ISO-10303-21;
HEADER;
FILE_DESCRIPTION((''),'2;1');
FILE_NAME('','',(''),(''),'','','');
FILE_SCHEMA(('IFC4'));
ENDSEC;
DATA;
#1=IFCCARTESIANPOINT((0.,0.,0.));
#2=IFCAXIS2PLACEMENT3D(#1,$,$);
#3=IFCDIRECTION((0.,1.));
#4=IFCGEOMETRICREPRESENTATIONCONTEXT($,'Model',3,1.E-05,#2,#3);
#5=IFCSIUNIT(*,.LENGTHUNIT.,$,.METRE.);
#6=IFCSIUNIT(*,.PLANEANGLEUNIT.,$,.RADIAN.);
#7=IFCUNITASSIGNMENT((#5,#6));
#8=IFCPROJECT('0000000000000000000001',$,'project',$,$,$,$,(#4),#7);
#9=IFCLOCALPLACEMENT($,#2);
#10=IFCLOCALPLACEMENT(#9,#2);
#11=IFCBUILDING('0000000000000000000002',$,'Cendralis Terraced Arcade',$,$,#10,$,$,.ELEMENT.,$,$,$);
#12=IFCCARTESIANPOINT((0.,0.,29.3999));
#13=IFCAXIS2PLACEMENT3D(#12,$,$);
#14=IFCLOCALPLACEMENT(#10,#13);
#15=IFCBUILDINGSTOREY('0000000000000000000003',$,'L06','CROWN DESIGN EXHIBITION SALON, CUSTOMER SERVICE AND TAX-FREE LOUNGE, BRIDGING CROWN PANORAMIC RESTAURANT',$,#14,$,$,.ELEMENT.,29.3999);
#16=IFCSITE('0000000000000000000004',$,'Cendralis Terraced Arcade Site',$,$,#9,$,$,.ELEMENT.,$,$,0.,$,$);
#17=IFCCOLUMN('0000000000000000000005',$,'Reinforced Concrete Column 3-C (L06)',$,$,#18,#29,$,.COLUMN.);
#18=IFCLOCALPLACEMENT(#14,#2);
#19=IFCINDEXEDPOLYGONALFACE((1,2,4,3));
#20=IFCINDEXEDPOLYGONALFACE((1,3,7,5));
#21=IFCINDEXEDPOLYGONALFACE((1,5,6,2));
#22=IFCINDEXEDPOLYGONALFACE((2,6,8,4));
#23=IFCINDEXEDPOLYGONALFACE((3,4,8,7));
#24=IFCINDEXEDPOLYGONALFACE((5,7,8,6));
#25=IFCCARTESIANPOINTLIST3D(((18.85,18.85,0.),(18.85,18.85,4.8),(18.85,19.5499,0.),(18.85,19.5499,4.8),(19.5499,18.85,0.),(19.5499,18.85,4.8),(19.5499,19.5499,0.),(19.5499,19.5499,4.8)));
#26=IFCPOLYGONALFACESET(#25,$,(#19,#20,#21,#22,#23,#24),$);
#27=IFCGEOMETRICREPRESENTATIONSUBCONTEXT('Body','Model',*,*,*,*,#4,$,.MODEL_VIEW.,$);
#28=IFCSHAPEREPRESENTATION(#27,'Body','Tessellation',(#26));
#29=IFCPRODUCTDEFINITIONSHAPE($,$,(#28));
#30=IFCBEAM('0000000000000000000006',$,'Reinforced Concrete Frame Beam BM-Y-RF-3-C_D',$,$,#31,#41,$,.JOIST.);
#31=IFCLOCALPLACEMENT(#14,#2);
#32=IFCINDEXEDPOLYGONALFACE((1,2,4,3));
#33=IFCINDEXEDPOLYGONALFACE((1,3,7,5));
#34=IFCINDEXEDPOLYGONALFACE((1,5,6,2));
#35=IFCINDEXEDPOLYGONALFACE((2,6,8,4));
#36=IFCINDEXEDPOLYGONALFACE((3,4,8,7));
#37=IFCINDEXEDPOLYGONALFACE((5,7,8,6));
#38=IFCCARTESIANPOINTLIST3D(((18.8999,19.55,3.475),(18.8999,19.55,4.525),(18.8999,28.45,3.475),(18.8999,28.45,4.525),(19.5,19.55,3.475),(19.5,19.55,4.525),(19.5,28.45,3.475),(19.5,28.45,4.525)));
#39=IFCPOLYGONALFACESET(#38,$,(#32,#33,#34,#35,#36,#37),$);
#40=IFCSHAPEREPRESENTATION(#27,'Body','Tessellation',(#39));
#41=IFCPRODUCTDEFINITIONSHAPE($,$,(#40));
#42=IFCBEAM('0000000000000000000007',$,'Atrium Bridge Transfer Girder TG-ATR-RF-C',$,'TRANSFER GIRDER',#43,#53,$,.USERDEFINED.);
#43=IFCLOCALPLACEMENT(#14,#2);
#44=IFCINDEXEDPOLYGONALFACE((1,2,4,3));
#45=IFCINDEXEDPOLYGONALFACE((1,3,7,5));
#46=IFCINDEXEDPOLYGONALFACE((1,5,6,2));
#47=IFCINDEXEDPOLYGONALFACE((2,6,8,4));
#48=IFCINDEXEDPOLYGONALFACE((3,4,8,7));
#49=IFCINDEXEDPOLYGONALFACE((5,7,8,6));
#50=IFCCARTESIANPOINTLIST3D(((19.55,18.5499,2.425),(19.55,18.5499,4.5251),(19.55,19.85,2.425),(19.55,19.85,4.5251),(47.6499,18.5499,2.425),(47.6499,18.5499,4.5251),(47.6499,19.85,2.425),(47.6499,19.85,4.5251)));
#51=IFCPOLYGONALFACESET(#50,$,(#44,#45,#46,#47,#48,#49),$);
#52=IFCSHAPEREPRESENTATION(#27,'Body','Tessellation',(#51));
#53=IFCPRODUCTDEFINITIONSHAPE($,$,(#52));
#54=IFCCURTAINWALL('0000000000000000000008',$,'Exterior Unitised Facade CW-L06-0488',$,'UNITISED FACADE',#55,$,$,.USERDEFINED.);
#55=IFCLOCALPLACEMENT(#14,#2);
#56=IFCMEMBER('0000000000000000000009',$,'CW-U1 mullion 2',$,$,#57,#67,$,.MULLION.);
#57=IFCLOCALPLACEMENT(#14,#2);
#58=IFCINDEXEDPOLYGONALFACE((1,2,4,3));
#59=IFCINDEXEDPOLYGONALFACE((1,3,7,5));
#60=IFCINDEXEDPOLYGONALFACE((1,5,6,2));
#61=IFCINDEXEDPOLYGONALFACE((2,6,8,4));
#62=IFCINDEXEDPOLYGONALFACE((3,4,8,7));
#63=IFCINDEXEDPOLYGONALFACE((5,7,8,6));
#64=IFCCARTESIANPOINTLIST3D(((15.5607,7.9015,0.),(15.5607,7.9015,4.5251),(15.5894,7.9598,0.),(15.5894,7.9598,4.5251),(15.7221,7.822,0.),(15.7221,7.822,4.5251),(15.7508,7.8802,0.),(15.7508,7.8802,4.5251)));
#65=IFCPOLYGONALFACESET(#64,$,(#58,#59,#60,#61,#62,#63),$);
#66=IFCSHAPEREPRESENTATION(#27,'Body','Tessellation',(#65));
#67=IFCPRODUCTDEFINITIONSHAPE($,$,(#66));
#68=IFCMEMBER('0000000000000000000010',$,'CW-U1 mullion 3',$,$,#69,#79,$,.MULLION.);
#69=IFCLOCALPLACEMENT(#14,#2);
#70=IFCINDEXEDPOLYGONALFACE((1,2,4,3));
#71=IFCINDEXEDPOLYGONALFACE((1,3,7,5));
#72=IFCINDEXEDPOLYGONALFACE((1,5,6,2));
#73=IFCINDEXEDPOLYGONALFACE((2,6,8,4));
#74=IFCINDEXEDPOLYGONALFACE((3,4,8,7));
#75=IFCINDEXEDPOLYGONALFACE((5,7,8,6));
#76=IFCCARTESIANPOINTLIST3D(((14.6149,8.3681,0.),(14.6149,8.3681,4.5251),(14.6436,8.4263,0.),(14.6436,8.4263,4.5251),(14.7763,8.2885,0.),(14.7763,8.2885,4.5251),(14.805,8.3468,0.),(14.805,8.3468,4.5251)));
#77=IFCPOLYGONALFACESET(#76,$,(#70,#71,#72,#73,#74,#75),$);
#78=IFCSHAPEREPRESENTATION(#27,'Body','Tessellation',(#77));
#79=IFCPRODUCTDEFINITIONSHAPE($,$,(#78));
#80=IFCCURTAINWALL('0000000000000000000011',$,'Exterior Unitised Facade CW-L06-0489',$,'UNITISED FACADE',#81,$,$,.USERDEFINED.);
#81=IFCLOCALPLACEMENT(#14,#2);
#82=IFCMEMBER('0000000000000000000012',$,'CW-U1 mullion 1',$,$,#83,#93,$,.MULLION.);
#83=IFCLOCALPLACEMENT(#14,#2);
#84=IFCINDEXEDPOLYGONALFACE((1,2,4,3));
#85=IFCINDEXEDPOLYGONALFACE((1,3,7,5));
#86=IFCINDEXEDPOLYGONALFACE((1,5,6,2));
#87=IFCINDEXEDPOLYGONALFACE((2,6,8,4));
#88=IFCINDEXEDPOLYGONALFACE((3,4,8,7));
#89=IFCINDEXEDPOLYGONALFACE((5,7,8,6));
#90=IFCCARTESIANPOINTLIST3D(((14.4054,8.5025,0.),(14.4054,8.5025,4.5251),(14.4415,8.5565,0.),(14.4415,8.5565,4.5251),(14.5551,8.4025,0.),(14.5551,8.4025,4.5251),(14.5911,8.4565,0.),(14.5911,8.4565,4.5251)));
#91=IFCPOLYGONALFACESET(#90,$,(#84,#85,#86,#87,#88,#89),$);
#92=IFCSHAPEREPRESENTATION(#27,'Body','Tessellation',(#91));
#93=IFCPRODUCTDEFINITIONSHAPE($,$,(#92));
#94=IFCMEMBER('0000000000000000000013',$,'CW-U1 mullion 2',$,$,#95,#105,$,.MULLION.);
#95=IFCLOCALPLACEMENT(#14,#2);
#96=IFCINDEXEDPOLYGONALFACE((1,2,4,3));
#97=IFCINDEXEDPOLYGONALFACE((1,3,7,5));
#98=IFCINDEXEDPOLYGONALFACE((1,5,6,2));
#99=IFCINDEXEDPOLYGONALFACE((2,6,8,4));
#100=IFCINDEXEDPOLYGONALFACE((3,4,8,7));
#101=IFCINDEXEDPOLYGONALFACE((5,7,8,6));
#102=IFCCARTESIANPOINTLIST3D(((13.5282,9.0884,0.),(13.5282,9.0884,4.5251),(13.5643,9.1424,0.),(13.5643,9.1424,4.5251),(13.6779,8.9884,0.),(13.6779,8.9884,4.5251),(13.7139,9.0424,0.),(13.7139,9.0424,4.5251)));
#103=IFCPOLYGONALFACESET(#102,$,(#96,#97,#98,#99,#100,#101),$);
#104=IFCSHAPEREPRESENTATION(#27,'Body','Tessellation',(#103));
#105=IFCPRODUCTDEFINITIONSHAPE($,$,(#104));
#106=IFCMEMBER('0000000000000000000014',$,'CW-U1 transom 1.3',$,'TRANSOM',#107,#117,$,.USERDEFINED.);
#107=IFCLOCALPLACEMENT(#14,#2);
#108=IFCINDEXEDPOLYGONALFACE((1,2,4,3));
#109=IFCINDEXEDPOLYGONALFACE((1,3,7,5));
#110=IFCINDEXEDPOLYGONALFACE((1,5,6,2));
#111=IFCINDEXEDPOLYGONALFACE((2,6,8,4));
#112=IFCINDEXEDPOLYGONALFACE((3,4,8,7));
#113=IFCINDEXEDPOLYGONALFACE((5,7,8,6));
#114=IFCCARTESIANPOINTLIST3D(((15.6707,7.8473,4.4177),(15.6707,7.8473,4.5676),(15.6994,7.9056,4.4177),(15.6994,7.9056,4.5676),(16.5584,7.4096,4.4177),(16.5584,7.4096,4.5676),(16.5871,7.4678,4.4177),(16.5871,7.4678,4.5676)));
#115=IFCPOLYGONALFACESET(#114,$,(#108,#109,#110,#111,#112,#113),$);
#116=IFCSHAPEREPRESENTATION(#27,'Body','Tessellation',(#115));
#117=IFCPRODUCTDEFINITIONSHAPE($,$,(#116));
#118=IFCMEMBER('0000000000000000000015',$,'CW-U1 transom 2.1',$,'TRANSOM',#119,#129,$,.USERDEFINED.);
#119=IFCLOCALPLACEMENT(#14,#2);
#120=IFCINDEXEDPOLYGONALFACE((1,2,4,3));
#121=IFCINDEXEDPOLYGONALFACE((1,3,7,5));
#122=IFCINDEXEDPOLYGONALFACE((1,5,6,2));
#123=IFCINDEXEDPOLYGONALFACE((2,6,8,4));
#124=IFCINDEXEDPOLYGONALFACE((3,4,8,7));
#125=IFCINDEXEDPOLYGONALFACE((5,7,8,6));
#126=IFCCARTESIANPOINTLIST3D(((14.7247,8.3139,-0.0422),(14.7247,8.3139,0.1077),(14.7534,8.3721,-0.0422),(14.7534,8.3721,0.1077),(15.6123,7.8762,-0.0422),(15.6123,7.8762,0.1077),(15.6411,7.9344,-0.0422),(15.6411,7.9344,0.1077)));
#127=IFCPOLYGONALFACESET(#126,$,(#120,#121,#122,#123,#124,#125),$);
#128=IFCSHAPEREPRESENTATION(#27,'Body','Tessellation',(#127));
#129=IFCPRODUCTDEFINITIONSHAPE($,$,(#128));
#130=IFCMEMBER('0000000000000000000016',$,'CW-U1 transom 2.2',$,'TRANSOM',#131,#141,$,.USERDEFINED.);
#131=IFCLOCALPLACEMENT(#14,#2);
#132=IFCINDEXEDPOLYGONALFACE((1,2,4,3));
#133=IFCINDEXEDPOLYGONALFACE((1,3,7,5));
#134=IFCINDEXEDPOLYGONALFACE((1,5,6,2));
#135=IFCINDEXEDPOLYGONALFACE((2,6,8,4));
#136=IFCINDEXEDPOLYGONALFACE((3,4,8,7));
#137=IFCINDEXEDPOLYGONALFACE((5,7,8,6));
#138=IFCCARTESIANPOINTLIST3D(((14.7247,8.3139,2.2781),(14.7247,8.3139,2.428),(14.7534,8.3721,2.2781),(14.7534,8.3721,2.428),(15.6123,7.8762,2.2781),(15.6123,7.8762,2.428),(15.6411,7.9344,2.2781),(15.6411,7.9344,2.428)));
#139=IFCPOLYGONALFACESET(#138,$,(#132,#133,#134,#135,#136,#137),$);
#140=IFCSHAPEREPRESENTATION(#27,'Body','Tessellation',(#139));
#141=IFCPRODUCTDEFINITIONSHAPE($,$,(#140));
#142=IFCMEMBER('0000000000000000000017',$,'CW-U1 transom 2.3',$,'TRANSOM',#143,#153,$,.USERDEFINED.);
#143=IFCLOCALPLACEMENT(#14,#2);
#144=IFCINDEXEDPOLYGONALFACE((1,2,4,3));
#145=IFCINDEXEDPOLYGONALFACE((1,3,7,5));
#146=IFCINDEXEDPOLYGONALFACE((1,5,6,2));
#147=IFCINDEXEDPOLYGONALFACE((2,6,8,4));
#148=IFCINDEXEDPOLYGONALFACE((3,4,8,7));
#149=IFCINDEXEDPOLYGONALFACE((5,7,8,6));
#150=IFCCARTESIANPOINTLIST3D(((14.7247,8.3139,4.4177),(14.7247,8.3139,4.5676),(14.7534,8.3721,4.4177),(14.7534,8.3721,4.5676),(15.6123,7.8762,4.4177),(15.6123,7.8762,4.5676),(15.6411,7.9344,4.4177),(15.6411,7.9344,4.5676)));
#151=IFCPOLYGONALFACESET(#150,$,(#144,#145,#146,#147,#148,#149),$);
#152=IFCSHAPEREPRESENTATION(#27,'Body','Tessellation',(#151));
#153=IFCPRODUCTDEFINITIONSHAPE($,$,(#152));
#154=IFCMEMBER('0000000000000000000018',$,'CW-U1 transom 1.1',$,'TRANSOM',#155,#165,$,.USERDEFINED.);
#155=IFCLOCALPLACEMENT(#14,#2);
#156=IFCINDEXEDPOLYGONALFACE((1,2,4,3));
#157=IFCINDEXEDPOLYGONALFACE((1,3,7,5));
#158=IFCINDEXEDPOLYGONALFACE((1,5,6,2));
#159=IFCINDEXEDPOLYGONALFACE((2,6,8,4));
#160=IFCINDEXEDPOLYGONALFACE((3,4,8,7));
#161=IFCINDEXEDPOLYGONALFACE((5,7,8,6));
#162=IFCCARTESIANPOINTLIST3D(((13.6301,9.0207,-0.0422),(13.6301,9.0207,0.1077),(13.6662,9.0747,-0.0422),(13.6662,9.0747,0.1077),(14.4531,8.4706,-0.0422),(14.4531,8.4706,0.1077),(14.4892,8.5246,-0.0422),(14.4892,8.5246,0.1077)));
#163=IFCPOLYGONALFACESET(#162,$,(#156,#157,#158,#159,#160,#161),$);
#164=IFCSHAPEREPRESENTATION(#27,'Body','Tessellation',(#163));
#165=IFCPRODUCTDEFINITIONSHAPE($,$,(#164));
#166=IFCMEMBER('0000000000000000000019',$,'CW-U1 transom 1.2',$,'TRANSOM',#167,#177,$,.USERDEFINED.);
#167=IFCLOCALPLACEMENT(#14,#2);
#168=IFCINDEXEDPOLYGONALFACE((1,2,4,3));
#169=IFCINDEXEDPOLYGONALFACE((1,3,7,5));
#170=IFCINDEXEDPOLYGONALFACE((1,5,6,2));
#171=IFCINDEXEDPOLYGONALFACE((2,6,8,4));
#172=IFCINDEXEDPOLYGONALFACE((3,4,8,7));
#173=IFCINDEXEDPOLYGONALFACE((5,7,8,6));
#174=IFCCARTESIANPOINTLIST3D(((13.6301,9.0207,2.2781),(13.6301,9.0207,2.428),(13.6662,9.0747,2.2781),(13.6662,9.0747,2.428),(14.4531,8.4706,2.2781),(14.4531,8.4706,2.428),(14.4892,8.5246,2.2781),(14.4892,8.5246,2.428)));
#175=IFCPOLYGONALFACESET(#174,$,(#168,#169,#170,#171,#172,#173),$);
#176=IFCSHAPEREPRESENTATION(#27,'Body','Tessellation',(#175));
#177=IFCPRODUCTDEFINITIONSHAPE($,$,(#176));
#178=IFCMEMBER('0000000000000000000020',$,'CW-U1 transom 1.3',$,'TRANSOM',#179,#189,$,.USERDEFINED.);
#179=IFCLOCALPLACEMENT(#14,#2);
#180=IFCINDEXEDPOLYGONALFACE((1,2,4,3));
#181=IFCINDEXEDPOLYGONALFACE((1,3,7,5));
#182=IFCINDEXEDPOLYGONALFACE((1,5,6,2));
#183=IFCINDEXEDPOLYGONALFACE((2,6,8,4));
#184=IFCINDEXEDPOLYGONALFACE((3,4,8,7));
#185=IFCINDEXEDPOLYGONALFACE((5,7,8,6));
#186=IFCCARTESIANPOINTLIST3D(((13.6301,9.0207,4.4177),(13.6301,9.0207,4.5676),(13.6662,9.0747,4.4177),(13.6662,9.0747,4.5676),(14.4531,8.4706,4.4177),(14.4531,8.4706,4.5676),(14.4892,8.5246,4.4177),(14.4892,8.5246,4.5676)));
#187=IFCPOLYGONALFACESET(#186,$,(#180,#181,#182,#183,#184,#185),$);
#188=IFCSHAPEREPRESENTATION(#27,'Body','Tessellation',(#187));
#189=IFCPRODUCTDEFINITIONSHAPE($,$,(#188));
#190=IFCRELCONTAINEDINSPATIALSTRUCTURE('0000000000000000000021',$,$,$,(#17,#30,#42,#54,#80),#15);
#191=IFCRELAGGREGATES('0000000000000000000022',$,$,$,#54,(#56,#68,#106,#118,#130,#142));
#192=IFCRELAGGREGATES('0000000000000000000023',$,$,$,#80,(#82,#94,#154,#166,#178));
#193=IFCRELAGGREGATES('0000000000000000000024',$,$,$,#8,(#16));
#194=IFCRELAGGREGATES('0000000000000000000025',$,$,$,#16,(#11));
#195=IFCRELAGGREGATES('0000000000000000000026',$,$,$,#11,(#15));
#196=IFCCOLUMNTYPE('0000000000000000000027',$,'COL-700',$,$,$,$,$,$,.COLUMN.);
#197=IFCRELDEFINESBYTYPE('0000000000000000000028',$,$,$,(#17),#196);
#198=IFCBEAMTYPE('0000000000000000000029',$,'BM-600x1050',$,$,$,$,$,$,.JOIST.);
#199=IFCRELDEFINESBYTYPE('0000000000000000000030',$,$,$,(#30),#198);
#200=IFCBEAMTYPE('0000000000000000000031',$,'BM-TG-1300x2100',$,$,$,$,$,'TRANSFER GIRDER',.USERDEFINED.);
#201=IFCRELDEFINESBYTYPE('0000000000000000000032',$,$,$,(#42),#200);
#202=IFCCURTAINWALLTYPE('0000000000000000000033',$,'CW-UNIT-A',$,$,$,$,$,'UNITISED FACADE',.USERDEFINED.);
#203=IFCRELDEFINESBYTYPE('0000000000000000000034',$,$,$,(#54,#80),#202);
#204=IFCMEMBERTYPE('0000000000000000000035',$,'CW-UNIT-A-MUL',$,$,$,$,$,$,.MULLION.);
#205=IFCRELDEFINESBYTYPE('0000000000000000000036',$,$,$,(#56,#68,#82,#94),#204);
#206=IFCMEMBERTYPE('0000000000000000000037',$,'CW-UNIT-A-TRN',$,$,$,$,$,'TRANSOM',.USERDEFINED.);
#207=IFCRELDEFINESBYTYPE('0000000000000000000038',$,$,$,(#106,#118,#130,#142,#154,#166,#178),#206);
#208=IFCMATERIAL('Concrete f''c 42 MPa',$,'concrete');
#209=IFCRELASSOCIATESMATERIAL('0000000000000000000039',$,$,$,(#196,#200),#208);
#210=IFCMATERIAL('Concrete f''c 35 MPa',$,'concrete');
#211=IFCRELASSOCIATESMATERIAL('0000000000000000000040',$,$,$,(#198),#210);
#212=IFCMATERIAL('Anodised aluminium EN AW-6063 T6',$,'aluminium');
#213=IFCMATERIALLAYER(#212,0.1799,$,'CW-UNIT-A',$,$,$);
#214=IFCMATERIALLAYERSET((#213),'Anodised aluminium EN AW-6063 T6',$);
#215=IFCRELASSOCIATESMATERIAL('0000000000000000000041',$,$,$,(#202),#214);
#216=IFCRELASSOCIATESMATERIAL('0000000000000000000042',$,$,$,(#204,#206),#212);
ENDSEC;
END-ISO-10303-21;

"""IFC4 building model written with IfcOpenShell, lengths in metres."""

from ifc_helpers import new_model, si_unit, direction, frame, origin, origin_2d, place, context, subcontext, project, spatial, rectangle, extrude, material, layer, layer_set, material_profile, profile_set, type_object, element, aggregate, save


model = new_model("IFC4")

# Units and contexts
model_context = context("Model", 3, precision=1e-05, world=origin(), true_north=direction((0.0, 1.0)))
body_context = subcontext(model_context, "Body", "Model", "MODEL_VIEW")
ifc_project = project(units=[si_unit("LENGTHUNIT", "METRE"), si_unit("PLANEANGLEUNIT", "RADIAN")], contexts=[model_context])

# Site, building, storey
site_placement = place(None, origin())
site = spatial("IfcSite", under=ifc_project, at=site_placement, Name="Cendralis Terraced Arcade Site", CompositionType="ELEMENT", RefElevation=0.0)
building_placement = place(site_placement, origin())
building = spatial("IfcBuilding", under=site, at=building_placement, Name="Cendralis Terraced Arcade", CompositionType="ELEMENT")
storey_placement = place(building_placement, frame((0.0, 0.0, 29.3999)))
storey = spatial("IfcBuildingStorey", under=building, at=storey_placement, Name="L06", Description="CROWN DESIGN EXHIBITION SALON, CUSTOMER SERVICE AND TAX-FREE LOUNGE, BRIDGING CROWN PANORAMIC RESTAURANT", CompositionType="ELEMENT", Elevation=29.3999)

# Column
ifc_material_1 = material(Name="Concrete f'c 42 MPa", Category="concrete")
ifc_material_profile_1 = material_profile(ifc_material_1, rectangle(XDim=0.7, YDim=0.7, at=origin_2d()), Name="RC-COL-700x700", Category="LoadBearing")
ifc_profile_set_1 = profile_set([ifc_material_profile_1], Name="Concrete f'c 42 MPa")
column_type = type_object("IfcColumnType", Name="COL-700", PredefinedType="COLUMN", material=ifc_profile_set_1)
column_placement = place(storey_placement, frame((19.2, 19.2, 0.0), z_axis=(0.0, 0.0, 1.0), x_axis=(1.0, 0.0, 0.0)))
element("IfcColumn", 1, at=column_placement, inside=storey, type_object=column_type, Name="Reinforced Concrete Column 3-C (L06)", PredefinedType="COLUMN", context=body_context, shape_type="SweptSolid", body=[
    extrude(rectangle(XDim=0.7, YDim=0.7, at=origin_2d()), origin(), (0.0, 0.0, 1.0), 4.8),
])

# Beams
ifc_material_2 = material(Name="Concrete f'c 35 MPa", Category="concrete")
ifc_material_profile_2 = material_profile(ifc_material_2, rectangle(XDim=0.6001, YDim=1.05, at=origin_2d()), Name="RC-BM-600x1050", Category="LoadBearing")
ifc_profile_set_2 = profile_set([ifc_material_profile_2], Name="Concrete f'c 35 MPa")
beam_type_1 = type_object("IfcBeamType", Name="BM-600x1050", PredefinedType="JOIST", material=ifc_profile_set_2)
beam_1_placement = place(storey_placement, frame((19.2, 19.55, 4.0), z_axis=(0.0, 1.0, 0.0), x_axis=(-1.0, 0.0, 0.0)))
element("IfcBeam", 2, at=beam_1_placement, inside=storey, type_object=beam_type_1, Name="Reinforced Concrete Frame Beam BM-Y-RF-3-C_D", PredefinedType="JOIST", context=body_context, shape_type="SweptSolid", body=[
    extrude(rectangle(XDim=0.6001, YDim=1.05, at=origin_2d()), origin(), (0.0, 0.0, 1.0), 8.8999),
])
ifc_material_profile_3 = material_profile(ifc_material_1, rectangle(XDim=1.3, YDim=2.1001, at=origin_2d()), Name="RC-TG-1300x2100", Category="LoadBearing")
ifc_profile_set_3 = profile_set([ifc_material_profile_3], Name="Concrete f'c 42 MPa")
beam_type_2 = type_object("IfcBeamType", Name="BM-TG-1300x2100", ElementType="TRANSFER GIRDER", PredefinedType="USERDEFINED", material=ifc_profile_set_3)
beam_2_placement = place(storey_placement, frame((19.55, 19.2, 3.4751), z_axis=(1.0, 0.0, 0.0), x_axis=(0.0, 1.0, 0.0)))
element("IfcBeam", 3, at=beam_2_placement, inside=storey, type_object=beam_type_2, Name="Atrium Bridge Transfer Girder TG-ATR-RF-C", ObjectType="TRANSFER GIRDER", PredefinedType="USERDEFINED", context=body_context, shape_type="SweptSolid", body=[
    extrude(rectangle(XDim=1.3, YDim=2.1001, at=origin_2d()), origin(), (0.0, 0.0, 1.0), 28.0999),
])

# Curtain walls, members
ifc_material_3 = material(Name="Anodised aluminium EN AW-6063 T6", Category="aluminium")
ifc_layer_1 = layer(ifc_material_3, 0.1799, Name="CW-UNIT-A")
ifc_layer_set_1 = layer_set([ifc_layer_1], Name="Anodised aluminium EN AW-6063 T6")
curtain_wall_type = type_object("IfcCurtainWallType", Name="CW-UNIT-A", ElementType="UNITISED FACADE", PredefinedType="USERDEFINED", material=ifc_layer_set_1)
curtain_wall_1_placement = place(storey_placement, origin())
curtain_wall_1 = element("IfcCurtainWall", 4, at=curtain_wall_1_placement, inside=storey, type_object=curtain_wall_type, Name="Exterior Unitised Facade CW-L06-0488", ObjectType="UNITISED FACADE", PredefinedType="USERDEFINED")
ifc_material_profile_4 = material_profile(ifc_material_3, rectangle(XDim=0.0649, YDim=0.1799, at=origin_2d()), Name="ALU-MUL-65x180")
ifc_profile_set_4 = profile_set([ifc_material_profile_4], Name="Anodised aluminium EN AW-6063 T6")
member_type_1 = type_object("IfcMemberType", Name="CW-UNIT-A-MUL", PredefinedType="MULLION", material=ifc_profile_set_4)
member_1_placement = place(storey_placement, frame((15.6558, 7.8909, 0.0), z_axis=(0.0, 0.0, 1.0), x_axis=(-0.442259, -0.896888, 0.0)))
member_1 = element("IfcMember", 5, at=member_1_placement, type_object=member_type_1, Name="CW-U1 mullion 2", PredefinedType="MULLION", context=body_context, shape_type="SweptSolid", body=[
    extrude(rectangle(XDim=0.0649, YDim=0.1799, at=origin_2d()), origin(), (0.0, 0.0, 1.0), 4.5251),
])
member_2_placement = place(storey_placement, frame((14.71, 8.3574, 0.0), z_axis=(0.0, 0.0, 1.0), x_axis=(-0.442259, -0.896888, 0.0)))
member_2 = element("IfcMember", 6, at=member_2_placement, type_object=member_type_1, Name="CW-U1 mullion 3", PredefinedType="MULLION", context=body_context, shape_type="SweptSolid", body=[
    extrude(rectangle(XDim=0.0649, YDim=0.1799, at=origin_2d()), origin(), (0.0, 0.0, 1.0), 4.5251),
])
curtain_wall_2_placement = place(storey_placement, origin())
curtain_wall_2 = element("IfcCurtainWall", 7, at=curtain_wall_2_placement, inside=storey, type_object=curtain_wall_type, Name="Exterior Unitised Facade CW-L06-0489", ObjectType="UNITISED FACADE", PredefinedType="USERDEFINED")
member_3_placement = place(storey_placement, frame((14.4983, 8.4795, 0.0), z_axis=(0.0, 0.0, 1.0), x_axis=(-0.555559, -0.831477, 0.0)))
member_3 = element("IfcMember", 8, at=member_3_placement, type_object=member_type_1, Name="CW-U1 mullion 1", PredefinedType="MULLION", context=body_context, shape_type="SweptSolid", body=[
    extrude(rectangle(XDim=0.0649, YDim=0.1799, at=origin_2d()), origin(), (0.0, 0.0, 1.0), 4.5251),
])
member_4_placement = place(storey_placement, frame((13.6211, 9.0654, 0.0), z_axis=(0.0, 0.0, 1.0), x_axis=(-0.555559, -0.831477, 0.0)))
member_4 = element("IfcMember", 9, at=member_4_placement, type_object=member_type_1, Name="CW-U1 mullion 2", PredefinedType="MULLION", context=body_context, shape_type="SweptSolid", body=[
    extrude(rectangle(XDim=0.0649, YDim=0.1799, at=origin_2d()), origin(), (0.0, 0.0, 1.0), 4.5251),
])

# Members
ifc_material_profile_5 = material_profile(ifc_material_3, rectangle(XDim=0.0649, YDim=0.1499, at=origin_2d()), Name="ALU-TRN-65x150")
ifc_profile_set_5 = profile_set([ifc_material_profile_5], Name="Anodised aluminium EN AW-6063 T6")
member_type_2 = type_object("IfcMemberType", Name="CW-UNIT-A-TRN", ElementType="TRANSOM", PredefinedType="USERDEFINED", material=ifc_profile_set_5)
member_5_placement = place(storey_placement, frame((16.5728, 7.4387, 4.4927), z_axis=(-0.89688, 0.442273, 0.0), x_axis=(-0.442273, -0.89688, 0.0)))
member_5 = element("IfcMember", 10, at=member_5_placement, type_object=member_type_2, Name="CW-U1 transom 1.3", ObjectType="TRANSOM", PredefinedType="USERDEFINED", context=body_context, shape_type="SweptSolid", body=[
    extrude(rectangle(XDim=0.0649, YDim=0.1499, at=origin_2d()), origin(), (0.0, 0.0, 1.0), 0.9897),
])
member_6_placement = place(storey_placement, frame((15.6267, 7.9053, 0.0327), z_axis=(-0.89688, 0.442273, 0.0), x_axis=(-0.442273, -0.89688, 0.0)))
member_6 = element("IfcMember", 11, at=member_6_placement, type_object=member_type_2, Name="CW-U1 transom 2.1", ObjectType="TRANSOM", PredefinedType="USERDEFINED", context=body_context, shape_type="SweptSolid", body=[
    extrude(rectangle(XDim=0.0649, YDim=0.1499, at=origin_2d()), origin(), (0.0, 0.0, 1.0), 0.9897),
])
member_7_placement = place(storey_placement, frame((15.6267, 7.9053, 2.353), z_axis=(-0.89688, 0.442273, 0.0), x_axis=(-0.442273, -0.89688, 0.0)))
member_7 = element("IfcMember", 12, at=member_7_placement, type_object=member_type_2, Name="CW-U1 transom 2.2", ObjectType="TRANSOM", PredefinedType="USERDEFINED", context=body_context, shape_type="SweptSolid", body=[
    extrude(rectangle(XDim=0.0649, YDim=0.1499, at=origin_2d()), origin(), (0.0, 0.0, 1.0), 0.9897),
])
member_8_placement = place(storey_placement, frame((15.6267, 7.9053, 4.4927), z_axis=(-0.89688, 0.442273, 0.0), x_axis=(-0.442273, -0.89688, 0.0)))
member_8 = element("IfcMember", 13, at=member_8_placement, type_object=member_type_2, Name="CW-U1 transom 2.3", ObjectType="TRANSOM", PredefinedType="USERDEFINED", context=body_context, shape_type="SweptSolid", body=[
    extrude(rectangle(XDim=0.0649, YDim=0.1499, at=origin_2d()), origin(), (0.0, 0.0, 1.0), 0.9897),
])
member_9_placement = place(storey_placement, frame((14.4712, 8.4976, 0.0327), z_axis=(-0.831405, 0.555667, 0.0), x_axis=(-0.555667, -0.831405, 0.0)))
member_9 = element("IfcMember", 14, at=member_9_placement, type_object=member_type_2, Name="CW-U1 transom 1.1", ObjectType="TRANSOM", PredefinedType="USERDEFINED", context=body_context, shape_type="SweptSolid", body=[
    extrude(rectangle(XDim=0.0649, YDim=0.1499, at=origin_2d()), origin(), (0.0, 0.0, 1.0), 0.99),
])
member_10_placement = place(storey_placement, frame((14.4712, 8.4976, 2.353), z_axis=(-0.831405, 0.555667, 0.0), x_axis=(-0.555667, -0.831405, 0.0)))
member_10 = element("IfcMember", 15, at=member_10_placement, type_object=member_type_2, Name="CW-U1 transom 1.2", ObjectType="TRANSOM", PredefinedType="USERDEFINED", context=body_context, shape_type="SweptSolid", body=[
    extrude(rectangle(XDim=0.0649, YDim=0.1499, at=origin_2d()), origin(), (0.0, 0.0, 1.0), 0.99),
])
member_11_placement = place(storey_placement, frame((14.4712, 8.4976, 4.4927), z_axis=(-0.831405, 0.555667, 0.0), x_axis=(-0.555667, -0.831405, 0.0)))
member_11 = element("IfcMember", 16, at=member_11_placement, type_object=member_type_2, Name="CW-U1 transom 1.3", ObjectType="TRANSOM", PredefinedType="USERDEFINED", context=body_context, shape_type="SweptSolid", body=[
    extrude(rectangle(XDim=0.0649, YDim=0.1499, at=origin_2d()), origin(), (0.0, 0.0, 1.0), 0.99),
])

aggregate(curtain_wall_1, [member_1, member_2, member_5, member_6, member_7, member_8])
aggregate(curtain_wall_2, [member_3, member_4, member_9, member_10, member_11])

save(model, "model.ifc")
